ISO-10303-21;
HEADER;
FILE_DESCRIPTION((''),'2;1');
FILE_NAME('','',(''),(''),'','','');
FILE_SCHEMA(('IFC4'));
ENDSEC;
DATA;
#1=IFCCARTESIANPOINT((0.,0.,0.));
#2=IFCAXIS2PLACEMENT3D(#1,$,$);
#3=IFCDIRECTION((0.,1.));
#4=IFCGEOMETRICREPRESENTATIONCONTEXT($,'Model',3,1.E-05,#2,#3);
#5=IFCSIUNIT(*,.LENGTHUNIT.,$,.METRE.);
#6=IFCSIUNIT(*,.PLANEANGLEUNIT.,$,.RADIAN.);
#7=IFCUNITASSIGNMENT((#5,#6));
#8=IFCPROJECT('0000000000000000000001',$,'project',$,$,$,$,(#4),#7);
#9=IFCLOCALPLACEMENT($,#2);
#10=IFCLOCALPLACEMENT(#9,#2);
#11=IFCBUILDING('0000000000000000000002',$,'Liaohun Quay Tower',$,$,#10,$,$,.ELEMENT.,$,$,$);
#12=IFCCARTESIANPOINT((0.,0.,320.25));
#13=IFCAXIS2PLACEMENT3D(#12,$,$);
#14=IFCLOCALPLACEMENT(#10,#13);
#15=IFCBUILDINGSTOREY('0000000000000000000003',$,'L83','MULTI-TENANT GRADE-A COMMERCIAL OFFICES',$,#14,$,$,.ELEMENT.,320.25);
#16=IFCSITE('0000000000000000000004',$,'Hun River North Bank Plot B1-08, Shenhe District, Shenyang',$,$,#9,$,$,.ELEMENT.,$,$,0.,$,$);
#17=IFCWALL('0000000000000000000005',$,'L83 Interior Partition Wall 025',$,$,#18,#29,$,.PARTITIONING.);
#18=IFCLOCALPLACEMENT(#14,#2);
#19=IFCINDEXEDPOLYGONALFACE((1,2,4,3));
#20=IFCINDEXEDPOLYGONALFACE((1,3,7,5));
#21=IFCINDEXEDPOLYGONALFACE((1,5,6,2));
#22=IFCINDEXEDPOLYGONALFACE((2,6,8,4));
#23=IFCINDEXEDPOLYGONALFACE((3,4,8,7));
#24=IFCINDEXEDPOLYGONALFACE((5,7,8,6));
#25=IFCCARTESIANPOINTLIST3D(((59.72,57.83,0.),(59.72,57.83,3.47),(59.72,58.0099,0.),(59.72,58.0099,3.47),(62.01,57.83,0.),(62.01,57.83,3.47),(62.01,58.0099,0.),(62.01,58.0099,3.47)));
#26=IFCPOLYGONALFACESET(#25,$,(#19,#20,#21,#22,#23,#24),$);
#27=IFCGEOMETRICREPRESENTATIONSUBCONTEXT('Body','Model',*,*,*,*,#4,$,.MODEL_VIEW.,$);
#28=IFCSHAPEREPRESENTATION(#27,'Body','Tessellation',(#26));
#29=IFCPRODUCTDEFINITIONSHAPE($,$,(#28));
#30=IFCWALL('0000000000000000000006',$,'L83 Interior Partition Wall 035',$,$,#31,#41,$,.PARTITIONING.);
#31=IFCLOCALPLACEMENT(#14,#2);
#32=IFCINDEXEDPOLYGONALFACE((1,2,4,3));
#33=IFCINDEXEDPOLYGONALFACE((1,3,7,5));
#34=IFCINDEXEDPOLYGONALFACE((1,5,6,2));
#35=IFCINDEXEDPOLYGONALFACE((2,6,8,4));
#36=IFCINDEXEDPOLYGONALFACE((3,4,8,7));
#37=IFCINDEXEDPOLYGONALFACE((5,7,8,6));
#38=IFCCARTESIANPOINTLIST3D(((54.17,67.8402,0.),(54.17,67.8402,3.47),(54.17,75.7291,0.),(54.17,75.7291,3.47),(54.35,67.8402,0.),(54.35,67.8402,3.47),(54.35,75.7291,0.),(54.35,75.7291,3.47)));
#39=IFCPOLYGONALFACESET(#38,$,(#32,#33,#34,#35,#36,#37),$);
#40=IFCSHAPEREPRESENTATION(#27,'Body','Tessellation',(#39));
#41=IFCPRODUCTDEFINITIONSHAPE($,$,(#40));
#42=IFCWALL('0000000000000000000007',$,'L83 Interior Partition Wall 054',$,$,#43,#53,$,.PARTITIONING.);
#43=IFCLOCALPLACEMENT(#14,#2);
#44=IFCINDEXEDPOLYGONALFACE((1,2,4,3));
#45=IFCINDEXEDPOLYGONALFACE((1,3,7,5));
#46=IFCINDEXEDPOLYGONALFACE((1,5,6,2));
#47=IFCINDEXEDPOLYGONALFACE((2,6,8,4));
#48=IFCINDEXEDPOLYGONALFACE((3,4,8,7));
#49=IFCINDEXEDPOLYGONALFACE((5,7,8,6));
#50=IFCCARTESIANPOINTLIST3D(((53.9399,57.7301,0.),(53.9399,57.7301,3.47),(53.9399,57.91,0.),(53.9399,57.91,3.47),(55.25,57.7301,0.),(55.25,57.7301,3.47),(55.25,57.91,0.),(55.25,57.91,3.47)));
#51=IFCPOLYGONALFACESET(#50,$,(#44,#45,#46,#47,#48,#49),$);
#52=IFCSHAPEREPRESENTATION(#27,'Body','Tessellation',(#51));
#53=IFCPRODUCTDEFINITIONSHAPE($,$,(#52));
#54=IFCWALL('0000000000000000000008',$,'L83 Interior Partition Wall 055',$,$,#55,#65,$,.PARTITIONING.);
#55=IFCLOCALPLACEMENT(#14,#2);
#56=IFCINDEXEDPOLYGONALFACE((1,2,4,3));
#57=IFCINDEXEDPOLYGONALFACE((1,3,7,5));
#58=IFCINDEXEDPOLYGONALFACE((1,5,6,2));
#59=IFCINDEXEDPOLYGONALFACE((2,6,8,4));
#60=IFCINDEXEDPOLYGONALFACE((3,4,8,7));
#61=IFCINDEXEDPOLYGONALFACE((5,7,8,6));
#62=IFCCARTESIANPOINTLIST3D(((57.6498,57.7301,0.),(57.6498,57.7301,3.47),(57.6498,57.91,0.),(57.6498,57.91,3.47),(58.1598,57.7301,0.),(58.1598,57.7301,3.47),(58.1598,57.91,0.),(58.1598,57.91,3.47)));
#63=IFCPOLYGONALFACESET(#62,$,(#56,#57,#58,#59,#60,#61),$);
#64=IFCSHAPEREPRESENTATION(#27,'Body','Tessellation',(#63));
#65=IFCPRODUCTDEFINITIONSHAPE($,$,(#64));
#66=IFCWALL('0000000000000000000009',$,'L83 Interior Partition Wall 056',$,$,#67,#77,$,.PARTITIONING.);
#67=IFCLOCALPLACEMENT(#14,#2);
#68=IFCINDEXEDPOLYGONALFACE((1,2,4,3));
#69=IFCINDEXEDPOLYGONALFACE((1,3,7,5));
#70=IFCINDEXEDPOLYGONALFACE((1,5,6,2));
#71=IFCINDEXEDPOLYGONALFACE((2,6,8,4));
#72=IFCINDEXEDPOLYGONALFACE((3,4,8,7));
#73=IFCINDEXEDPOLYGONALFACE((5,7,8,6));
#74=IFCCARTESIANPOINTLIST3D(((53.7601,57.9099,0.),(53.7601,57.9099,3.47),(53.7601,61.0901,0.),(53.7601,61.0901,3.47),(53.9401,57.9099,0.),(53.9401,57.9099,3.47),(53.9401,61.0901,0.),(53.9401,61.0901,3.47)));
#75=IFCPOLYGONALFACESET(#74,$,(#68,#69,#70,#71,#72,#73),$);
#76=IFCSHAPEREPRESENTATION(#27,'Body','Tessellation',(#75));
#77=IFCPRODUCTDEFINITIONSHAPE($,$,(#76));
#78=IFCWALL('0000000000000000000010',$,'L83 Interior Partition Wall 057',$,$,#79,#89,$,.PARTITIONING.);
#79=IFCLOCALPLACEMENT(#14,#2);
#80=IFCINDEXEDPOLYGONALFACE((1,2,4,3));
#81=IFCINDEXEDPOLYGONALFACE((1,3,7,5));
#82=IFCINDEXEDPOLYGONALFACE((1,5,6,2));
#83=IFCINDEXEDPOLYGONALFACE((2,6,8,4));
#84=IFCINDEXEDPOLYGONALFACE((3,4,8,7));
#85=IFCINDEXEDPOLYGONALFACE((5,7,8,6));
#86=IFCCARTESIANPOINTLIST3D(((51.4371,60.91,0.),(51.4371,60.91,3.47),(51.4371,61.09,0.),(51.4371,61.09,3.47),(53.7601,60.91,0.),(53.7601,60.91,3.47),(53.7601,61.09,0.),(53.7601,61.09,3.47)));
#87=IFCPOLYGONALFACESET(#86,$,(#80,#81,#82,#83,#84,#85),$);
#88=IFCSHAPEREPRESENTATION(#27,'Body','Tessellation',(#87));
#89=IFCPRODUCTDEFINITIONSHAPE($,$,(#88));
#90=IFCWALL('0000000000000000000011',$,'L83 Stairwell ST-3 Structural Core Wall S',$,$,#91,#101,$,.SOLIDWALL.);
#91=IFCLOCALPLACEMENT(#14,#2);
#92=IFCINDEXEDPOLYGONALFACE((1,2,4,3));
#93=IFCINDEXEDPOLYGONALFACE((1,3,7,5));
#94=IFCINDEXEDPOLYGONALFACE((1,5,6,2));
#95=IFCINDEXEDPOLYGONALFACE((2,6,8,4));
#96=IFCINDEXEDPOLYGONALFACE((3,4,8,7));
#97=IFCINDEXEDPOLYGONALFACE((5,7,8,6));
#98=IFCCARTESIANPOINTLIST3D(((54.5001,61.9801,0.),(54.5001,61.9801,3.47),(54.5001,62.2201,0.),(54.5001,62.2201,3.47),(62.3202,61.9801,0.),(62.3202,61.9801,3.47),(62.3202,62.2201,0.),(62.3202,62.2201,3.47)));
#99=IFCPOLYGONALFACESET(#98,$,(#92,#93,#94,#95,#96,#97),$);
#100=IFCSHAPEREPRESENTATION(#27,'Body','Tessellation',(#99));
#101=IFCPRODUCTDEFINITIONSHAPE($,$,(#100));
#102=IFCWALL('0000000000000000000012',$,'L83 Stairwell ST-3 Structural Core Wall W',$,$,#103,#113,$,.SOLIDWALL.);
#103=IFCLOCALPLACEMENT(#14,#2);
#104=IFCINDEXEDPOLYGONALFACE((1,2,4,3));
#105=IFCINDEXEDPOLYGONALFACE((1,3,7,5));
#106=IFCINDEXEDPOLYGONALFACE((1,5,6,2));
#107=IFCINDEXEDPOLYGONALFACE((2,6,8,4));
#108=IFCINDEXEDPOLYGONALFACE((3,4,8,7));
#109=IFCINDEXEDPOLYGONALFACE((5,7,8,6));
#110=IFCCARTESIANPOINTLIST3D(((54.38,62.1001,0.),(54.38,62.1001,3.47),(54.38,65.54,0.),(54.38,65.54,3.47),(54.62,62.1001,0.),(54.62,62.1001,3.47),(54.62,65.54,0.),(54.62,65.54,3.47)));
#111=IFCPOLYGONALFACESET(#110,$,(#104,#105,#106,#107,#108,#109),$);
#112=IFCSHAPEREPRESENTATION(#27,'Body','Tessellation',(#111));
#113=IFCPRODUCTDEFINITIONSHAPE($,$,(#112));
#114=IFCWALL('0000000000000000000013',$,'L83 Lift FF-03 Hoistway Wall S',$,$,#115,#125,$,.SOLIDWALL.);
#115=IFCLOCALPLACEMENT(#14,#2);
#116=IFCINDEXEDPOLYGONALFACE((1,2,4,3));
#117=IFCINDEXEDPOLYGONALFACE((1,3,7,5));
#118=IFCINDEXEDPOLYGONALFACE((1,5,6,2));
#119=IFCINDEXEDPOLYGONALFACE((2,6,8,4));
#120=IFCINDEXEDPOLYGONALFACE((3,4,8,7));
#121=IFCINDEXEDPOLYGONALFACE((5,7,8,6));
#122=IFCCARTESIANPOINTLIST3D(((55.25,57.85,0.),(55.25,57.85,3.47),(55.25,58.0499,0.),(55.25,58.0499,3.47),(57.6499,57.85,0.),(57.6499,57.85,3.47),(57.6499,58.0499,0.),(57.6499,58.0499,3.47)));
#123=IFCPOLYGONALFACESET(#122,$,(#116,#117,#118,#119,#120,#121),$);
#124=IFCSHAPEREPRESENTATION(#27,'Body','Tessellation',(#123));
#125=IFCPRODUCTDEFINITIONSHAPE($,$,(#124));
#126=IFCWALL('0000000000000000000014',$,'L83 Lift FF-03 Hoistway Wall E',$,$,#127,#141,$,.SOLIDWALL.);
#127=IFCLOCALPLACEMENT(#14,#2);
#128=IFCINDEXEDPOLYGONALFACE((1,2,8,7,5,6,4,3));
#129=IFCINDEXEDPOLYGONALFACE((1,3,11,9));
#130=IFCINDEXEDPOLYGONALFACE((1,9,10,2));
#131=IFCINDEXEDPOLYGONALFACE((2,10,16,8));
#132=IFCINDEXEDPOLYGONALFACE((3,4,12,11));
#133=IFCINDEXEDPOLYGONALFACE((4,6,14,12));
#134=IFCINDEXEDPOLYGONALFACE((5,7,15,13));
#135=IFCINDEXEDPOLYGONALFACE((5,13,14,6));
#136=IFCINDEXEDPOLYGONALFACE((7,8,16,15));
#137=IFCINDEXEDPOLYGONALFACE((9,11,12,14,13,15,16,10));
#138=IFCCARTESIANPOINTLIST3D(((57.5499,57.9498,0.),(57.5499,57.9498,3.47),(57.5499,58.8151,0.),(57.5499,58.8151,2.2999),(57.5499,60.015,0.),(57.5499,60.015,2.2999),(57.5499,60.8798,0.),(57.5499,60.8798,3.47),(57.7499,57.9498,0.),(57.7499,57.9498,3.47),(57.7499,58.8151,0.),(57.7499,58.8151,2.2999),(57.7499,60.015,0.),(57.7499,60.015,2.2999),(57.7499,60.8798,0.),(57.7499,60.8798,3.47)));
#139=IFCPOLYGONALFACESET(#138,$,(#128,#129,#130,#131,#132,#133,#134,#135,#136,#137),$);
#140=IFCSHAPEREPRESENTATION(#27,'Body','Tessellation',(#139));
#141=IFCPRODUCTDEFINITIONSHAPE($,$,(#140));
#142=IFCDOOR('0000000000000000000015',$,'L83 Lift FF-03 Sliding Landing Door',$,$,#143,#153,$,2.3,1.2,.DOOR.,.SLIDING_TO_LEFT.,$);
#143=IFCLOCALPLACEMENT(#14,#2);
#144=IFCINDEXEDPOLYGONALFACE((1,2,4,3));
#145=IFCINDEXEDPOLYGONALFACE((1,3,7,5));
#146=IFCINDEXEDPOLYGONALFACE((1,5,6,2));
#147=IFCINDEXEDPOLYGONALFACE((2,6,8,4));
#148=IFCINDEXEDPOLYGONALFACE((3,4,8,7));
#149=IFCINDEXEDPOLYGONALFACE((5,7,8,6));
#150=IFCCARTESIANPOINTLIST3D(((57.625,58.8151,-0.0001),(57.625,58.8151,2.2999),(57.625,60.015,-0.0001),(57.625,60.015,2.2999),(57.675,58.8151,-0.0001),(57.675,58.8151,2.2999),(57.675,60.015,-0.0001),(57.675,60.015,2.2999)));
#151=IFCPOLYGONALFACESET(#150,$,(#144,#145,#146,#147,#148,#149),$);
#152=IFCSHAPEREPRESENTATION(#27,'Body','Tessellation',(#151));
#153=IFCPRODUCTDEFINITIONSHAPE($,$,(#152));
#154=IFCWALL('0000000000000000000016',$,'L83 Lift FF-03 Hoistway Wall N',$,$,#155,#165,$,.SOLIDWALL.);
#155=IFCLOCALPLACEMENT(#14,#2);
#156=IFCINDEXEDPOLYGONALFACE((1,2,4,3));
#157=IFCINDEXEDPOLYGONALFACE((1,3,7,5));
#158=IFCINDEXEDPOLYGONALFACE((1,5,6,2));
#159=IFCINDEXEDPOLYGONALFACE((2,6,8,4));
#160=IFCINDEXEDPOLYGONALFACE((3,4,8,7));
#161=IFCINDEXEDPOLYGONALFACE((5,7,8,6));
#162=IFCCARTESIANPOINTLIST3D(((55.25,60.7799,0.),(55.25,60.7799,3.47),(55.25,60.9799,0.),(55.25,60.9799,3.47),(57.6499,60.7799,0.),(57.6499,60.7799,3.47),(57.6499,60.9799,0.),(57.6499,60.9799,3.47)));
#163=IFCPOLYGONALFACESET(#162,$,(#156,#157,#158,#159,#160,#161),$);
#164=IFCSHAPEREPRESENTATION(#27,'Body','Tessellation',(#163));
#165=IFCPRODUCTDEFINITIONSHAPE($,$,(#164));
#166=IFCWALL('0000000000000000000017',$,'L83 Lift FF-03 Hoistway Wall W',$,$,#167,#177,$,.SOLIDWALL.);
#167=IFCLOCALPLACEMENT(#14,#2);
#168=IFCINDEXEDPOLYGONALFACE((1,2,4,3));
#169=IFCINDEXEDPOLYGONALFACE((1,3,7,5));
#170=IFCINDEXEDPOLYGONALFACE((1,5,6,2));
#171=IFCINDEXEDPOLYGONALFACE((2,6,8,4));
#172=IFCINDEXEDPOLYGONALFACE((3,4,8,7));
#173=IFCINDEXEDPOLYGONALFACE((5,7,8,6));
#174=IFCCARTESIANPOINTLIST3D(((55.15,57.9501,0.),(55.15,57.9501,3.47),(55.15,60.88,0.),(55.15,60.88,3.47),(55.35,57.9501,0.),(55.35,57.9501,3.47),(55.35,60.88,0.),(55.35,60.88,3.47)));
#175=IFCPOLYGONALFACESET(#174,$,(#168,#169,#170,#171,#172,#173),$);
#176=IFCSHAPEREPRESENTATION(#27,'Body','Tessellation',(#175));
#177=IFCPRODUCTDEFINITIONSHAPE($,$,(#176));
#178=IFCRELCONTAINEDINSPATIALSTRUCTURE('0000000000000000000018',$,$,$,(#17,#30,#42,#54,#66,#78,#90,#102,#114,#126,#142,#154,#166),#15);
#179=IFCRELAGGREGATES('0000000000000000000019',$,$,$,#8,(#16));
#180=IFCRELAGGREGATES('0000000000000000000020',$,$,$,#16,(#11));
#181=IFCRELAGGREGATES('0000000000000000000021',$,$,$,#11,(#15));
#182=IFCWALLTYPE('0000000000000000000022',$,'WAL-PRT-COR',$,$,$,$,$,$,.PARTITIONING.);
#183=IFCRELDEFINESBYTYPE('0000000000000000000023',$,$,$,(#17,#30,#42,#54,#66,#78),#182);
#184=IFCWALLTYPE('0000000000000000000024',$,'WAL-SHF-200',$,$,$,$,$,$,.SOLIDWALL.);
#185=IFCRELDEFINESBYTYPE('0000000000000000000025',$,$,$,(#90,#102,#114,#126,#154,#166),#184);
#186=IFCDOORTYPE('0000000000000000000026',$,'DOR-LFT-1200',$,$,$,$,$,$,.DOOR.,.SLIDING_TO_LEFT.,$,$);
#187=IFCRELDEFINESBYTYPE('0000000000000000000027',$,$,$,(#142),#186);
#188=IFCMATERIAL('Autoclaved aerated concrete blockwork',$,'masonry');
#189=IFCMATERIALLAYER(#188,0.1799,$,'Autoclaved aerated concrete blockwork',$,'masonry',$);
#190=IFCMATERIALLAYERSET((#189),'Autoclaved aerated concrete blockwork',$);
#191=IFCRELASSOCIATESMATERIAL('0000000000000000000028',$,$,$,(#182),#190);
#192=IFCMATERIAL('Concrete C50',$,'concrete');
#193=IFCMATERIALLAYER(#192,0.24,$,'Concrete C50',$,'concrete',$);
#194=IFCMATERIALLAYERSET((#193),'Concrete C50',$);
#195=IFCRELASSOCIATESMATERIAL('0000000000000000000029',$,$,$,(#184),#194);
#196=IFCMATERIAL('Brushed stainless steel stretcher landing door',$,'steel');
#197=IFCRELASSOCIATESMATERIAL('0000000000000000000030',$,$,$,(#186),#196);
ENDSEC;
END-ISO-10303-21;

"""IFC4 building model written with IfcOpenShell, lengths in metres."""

from ifc_helpers import new_model, si_unit, direction, frame, frame_2d, origin, place, context, subcontext, project, spatial, rectangle, extrude, source, transform, mapped, material, layer, layer_set, type_object, element, fill, save


model = new_model("IFC4")

# Units and contexts
model_context = context("Model", 3, precision=1e-05, world=origin(), true_north=direction((0.0, 1.0)))
body_context = subcontext(model_context, "Body", "Model", "MODEL_VIEW")
ifc_project = project(units=[si_unit("LENGTHUNIT", "METRE"), si_unit("PLANEANGLEUNIT", "RADIAN")], contexts=[model_context])

# Site, building, storey
site_placement = place(None, origin())
site = spatial("IfcSite", under=ifc_project, at=site_placement, Name="Hun River North Bank Plot B1-08, Shenhe District, Shenyang", CompositionType="ELEMENT", RefElevation=0.0)
building_placement = place(site_placement, origin())
building = spatial("IfcBuilding", under=site, at=building_placement, Name="Liaohun Quay Tower", CompositionType="ELEMENT")
storey_placement = place(building_placement, frame((0.0, 0.0, 320.25)))
storey = spatial("IfcBuildingStorey", under=building, at=storey_placement, Name="L83", Description="MULTI-TENANT GRADE-A COMMERCIAL OFFICES", CompositionType="ELEMENT", Elevation=320.25)

# Shared definitions
ifc_material_1 = material(Name="Concrete C50", Category="concrete")

# Shared definitions
ifc_material_2 = material(Name="Autoclaved aerated concrete blockwork", Category="masonry")
ifc_layer_1 = layer(ifc_material_2, 0.1799, Name="Autoclaved aerated concrete blockwork", Category="masonry")
ifc_layer_set_1 = layer_set([ifc_layer_1], Name="Autoclaved aerated concrete blockwork")
wall_type_1 = type_object("IfcWallType", Name="WAL-PRT-COR", PredefinedType="PARTITIONING", material=ifc_layer_set_1)

# Walls
wall_1_placement = place(storey_placement, frame((59.72, 57.9199, 0.0), z_axis=(0.0, 0.0, 1.0), x_axis=(1.0, 0.0, 0.0)))
element("IfcWall", 1, at=wall_1_placement, inside=storey, type_object=wall_type_1, Name="L83 Interior Partition Wall 025", PredefinedType="PARTITIONING", context=body_context, shape_type="SweptSolid", body=[
    extrude(rectangle(XDim=2.29, YDim=0.1799, at=frame_2d((1.145, 0.0))), origin(), (0.0, 0.0, 1.0), 3.47),
])
wall_2_placement = place(storey_placement, frame((54.26, 75.729, 0.0), z_axis=(0.0, 0.0, 1.0), x_axis=(0.0, -1.0, 0.0)))
element("IfcWall", 2, at=wall_2_placement, inside=storey, type_object=wall_type_1, Name="L83 Interior Partition Wall 035", PredefinedType="PARTITIONING", context=body_context, shape_type="SweptSolid", body=[
    extrude(rectangle(XDim=7.8889, YDim=0.1799, at=frame_2d((3.9443, 0.0))), origin(), (0.0, 0.0, 1.0), 3.47),
])
wall_3_placement = place(storey_placement, frame((53.9399, 57.8201, 0.0), z_axis=(0.0, 0.0, 1.0), x_axis=(1.0, 0.0, 0.0)))
element("IfcWall", 3, at=wall_3_placement, inside=storey, type_object=wall_type_1, Name="L83 Interior Partition Wall 054", PredefinedType="PARTITIONING", context=body_context, shape_type="SweptSolid", body=[
    extrude(rectangle(XDim=1.3101, YDim=0.1799, at=frame_2d((0.655, 0.0))), origin(), (0.0, 0.0, 1.0), 3.47),
])
wall_4_placement = place(storey_placement, frame((57.6499, 57.8201, 0.0), z_axis=(0.0, 0.0, 1.0), x_axis=(1.0, 0.0, 0.0)))
element("IfcWall", 4, at=wall_4_placement, inside=storey, type_object=wall_type_1, Name="L83 Interior Partition Wall 055", PredefinedType="PARTITIONING", context=body_context, shape_type="SweptSolid", body=[
    extrude(rectangle(XDim=0.51, YDim=0.1799, at=frame_2d((0.2549, 0.0))), origin(), (0.0, 0.0, 1.0), 3.47),
])
wall_5_placement = place(storey_placement, frame((53.8501, 57.9099, 0.0), z_axis=(0.0, 0.0, 1.0), x_axis=(0.0, 1.0, 0.0)))
element("IfcWall", 5, at=wall_5_placement, inside=storey, type_object=wall_type_1, Name="L83 Interior Partition Wall 056", PredefinedType="PARTITIONING", context=body_context, shape_type="SweptSolid", body=[
    extrude(rectangle(XDim=3.1802, YDim=0.1799, at=frame_2d((1.5901, 0.0))), origin(), (0.0, 0.0, 1.0), 3.47),
])
wall_6_placement = place(storey_placement, frame((51.437, 61.0, 0.0), z_axis=(0.0, 0.0, 1.0), x_axis=(1.0, 0.0, 0.0)))
element("IfcWall", 6, at=wall_6_placement, inside=storey, type_object=wall_type_1, Name="L83 Interior Partition Wall 057", PredefinedType="PARTITIONING", context=body_context, shape_type="SweptSolid", body=[
    extrude(rectangle(XDim=2.323, YDim=0.1799, at=frame_2d((1.1616, 0.0))), origin(), (0.0, 0.0, 1.0), 3.47),
])
ifc_layer_2 = layer(ifc_material_1, 0.24, Name="Concrete C50", Category="concrete")
ifc_layer_set_2 = layer_set([ifc_layer_2], Name="Concrete C50")
wall_type_2 = type_object("IfcWallType", Name="WAL-SHF-200", PredefinedType="SOLIDWALL", material=ifc_layer_set_2)
wall_7_placement = place(storey_placement, frame((54.5, 62.1001, 0.0), z_axis=(0.0, 0.0, 1.0), x_axis=(1.0, 0.0, 0.0)))
element("IfcWall", 7, at=wall_7_placement, inside=storey, type_object=wall_type_2, Name="L83 Stairwell ST-3 Structural Core Wall S", PredefinedType="SOLIDWALL", context=body_context, shape_type="SweptSolid", body=[
    extrude(rectangle(XDim=7.8201, YDim=0.24, at=frame_2d((3.9102, 0.0))), origin(), (0.0, 0.0, 1.0), 3.47),
])
wall_8_placement = place(storey_placement, frame((54.5, 65.54, 0.0), z_axis=(0.0, 0.0, 1.0), x_axis=(0.0, -1.0, 0.0)))
element("IfcWall", 8, at=wall_8_placement, inside=storey, type_object=wall_type_2, Name="L83 Stairwell ST-3 Structural Core Wall W", PredefinedType="SOLIDWALL", context=body_context, shape_type="SweptSolid", body=[
    extrude(rectangle(XDim=3.4399, YDim=0.24, at=frame_2d((1.72, 0.0))), origin(), (0.0, 0.0, 1.0), 3.47),
])
wall_9_placement = place(storey_placement, frame((55.25, 57.95, 0.0), z_axis=(0.0, 0.0, 1.0), x_axis=(1.0, 0.0, 0.0)))
element("IfcWall", 9, at=wall_9_placement, inside=storey, type_object=wall_type_2, Name="L83 Lift FF-03 Hoistway Wall S", PredefinedType="SOLIDWALL", context=body_context, shape_type="SweptSolid", body=[
    extrude(rectangle(XDim=2.3999, YDim=0.2, at=frame_2d((1.2, 0.0))), origin(), (0.0, 0.0, 1.0), 3.47),
])

# Wall, opening, door
wall_10_placement = place(storey_placement, frame((57.6499, 57.95, 0.0), z_axis=(0.0, 0.0, 1.0), x_axis=(0.0, 1.0, 0.0)))
wall_10 = element("IfcWall", 10, at=wall_10_placement, inside=storey, type_object=wall_type_2, Name="L83 Lift FF-03 Hoistway Wall E", PredefinedType="SOLIDWALL", context=body_context, shape_type="SweptSolid", body=[
    extrude(rectangle(XDim=2.9299, YDim=0.2, at=frame_2d((1.4648, 0.0))), origin(), (0.0, 0.0, 1.0), 3.47),
])
shared_shape_1 = source(origin(), body_context, "Body", "SweptSolid", [
    extrude(rectangle(XDim=1.2, YDim=2.3, at=frame_2d((0.6001, 1.1499))), frame((0.0, 0.1099, 0.0), z_axis=(0.0, -1.0, 0.0), x_axis=(1.0, 0.0, 0.0)), (0.0, 0.0, 1.0), 0.22),
])
opening_1_placement = place(wall_10_placement, frame((0.865, 0.0, 0.0)))
opening_1 = element("IfcOpeningElement", 11, at=opening_1_placement, cuts=wall_10, PredefinedType="OPENING", context=body_context, shape_type="MappedRepresentation", body=[
    mapped(shared_shape_1, transform((0.0, 0.0, 0.0), x_axis=(1.0, 0.0, 0.0), y_axis=(0.0, 1.0, 0.0), z_axis=(0.0, 0.0, 1.0), scale=1.0)),
])
ifc_material_3 = material(Name="Brushed stainless steel stretcher landing door", Category="steel")
door_type_1 = type_object("IfcDoorType", Name="DOR-LFT-1200", OperationType="SLIDING_TO_LEFT", PredefinedType="DOOR", material=ifc_material_3)
shared_shape_2 = source(origin(), body_context, "Body", "SweptSolid", [
    extrude(rectangle(XDim=1.2, YDim=2.3, at=frame_2d((0.6001, 1.1499))), frame((0.0, 0.0249, 0.0), z_axis=(0.0, -1.0, 0.0), x_axis=(1.0, 0.0, 0.0)), (0.0, 0.0, 1.0), 0.05),
])
door_1_placement = place(opening_1_placement, origin())
door_1 = element("IfcDoor", 12, at=door_1_placement, inside=storey, type_object=door_type_1, Name="L83 Lift FF-03 Sliding Landing Door", OperationType="SLIDING_TO_LEFT", OverallHeight=2.3, OverallWidth=1.2, PredefinedType="DOOR", context=body_context, shape_type="MappedRepresentation", body=[
    mapped(shared_shape_2, transform((0.0, 0.0, 0.0), x_axis=(1.0, 0.0, 0.0), y_axis=(0.0, 1.0, 0.0), z_axis=(0.0, 0.0, 1.0), scale=1.0)),
])
fill(opening_1, door_1)

# Walls
wall_11_placement = place(storey_placement, frame((57.6499, 60.8799, 0.0), z_axis=(0.0, 0.0, 1.0), x_axis=(-1.0, 0.0, 0.0)))
element("IfcWall", 13, at=wall_11_placement, inside=storey, type_object=wall_type_2, Name="L83 Lift FF-03 Hoistway Wall N", PredefinedType="SOLIDWALL", context=body_context, shape_type="SweptSolid", body=[
    extrude(rectangle(XDim=2.3999, YDim=0.2, at=frame_2d((1.2, 0.0))), origin(), (0.0, 0.0, 1.0), 3.47),
])
wall_12_placement = place(storey_placement, frame((55.25, 60.8799, 0.0), z_axis=(0.0, 0.0, 1.0), x_axis=(0.0, -1.0, 0.0)))
element("IfcWall", 14, at=wall_12_placement, inside=storey, type_object=wall_type_2, Name="L83 Lift FF-03 Hoistway Wall W", PredefinedType="SOLIDWALL", context=body_context, shape_type="SweptSolid", body=[
    extrude(rectangle(XDim=2.9299, YDim=0.2, at=frame_2d((1.4648, 0.0))), origin(), (0.0, 0.0, 1.0), 3.47),
])

save(model, "model.ifc")
